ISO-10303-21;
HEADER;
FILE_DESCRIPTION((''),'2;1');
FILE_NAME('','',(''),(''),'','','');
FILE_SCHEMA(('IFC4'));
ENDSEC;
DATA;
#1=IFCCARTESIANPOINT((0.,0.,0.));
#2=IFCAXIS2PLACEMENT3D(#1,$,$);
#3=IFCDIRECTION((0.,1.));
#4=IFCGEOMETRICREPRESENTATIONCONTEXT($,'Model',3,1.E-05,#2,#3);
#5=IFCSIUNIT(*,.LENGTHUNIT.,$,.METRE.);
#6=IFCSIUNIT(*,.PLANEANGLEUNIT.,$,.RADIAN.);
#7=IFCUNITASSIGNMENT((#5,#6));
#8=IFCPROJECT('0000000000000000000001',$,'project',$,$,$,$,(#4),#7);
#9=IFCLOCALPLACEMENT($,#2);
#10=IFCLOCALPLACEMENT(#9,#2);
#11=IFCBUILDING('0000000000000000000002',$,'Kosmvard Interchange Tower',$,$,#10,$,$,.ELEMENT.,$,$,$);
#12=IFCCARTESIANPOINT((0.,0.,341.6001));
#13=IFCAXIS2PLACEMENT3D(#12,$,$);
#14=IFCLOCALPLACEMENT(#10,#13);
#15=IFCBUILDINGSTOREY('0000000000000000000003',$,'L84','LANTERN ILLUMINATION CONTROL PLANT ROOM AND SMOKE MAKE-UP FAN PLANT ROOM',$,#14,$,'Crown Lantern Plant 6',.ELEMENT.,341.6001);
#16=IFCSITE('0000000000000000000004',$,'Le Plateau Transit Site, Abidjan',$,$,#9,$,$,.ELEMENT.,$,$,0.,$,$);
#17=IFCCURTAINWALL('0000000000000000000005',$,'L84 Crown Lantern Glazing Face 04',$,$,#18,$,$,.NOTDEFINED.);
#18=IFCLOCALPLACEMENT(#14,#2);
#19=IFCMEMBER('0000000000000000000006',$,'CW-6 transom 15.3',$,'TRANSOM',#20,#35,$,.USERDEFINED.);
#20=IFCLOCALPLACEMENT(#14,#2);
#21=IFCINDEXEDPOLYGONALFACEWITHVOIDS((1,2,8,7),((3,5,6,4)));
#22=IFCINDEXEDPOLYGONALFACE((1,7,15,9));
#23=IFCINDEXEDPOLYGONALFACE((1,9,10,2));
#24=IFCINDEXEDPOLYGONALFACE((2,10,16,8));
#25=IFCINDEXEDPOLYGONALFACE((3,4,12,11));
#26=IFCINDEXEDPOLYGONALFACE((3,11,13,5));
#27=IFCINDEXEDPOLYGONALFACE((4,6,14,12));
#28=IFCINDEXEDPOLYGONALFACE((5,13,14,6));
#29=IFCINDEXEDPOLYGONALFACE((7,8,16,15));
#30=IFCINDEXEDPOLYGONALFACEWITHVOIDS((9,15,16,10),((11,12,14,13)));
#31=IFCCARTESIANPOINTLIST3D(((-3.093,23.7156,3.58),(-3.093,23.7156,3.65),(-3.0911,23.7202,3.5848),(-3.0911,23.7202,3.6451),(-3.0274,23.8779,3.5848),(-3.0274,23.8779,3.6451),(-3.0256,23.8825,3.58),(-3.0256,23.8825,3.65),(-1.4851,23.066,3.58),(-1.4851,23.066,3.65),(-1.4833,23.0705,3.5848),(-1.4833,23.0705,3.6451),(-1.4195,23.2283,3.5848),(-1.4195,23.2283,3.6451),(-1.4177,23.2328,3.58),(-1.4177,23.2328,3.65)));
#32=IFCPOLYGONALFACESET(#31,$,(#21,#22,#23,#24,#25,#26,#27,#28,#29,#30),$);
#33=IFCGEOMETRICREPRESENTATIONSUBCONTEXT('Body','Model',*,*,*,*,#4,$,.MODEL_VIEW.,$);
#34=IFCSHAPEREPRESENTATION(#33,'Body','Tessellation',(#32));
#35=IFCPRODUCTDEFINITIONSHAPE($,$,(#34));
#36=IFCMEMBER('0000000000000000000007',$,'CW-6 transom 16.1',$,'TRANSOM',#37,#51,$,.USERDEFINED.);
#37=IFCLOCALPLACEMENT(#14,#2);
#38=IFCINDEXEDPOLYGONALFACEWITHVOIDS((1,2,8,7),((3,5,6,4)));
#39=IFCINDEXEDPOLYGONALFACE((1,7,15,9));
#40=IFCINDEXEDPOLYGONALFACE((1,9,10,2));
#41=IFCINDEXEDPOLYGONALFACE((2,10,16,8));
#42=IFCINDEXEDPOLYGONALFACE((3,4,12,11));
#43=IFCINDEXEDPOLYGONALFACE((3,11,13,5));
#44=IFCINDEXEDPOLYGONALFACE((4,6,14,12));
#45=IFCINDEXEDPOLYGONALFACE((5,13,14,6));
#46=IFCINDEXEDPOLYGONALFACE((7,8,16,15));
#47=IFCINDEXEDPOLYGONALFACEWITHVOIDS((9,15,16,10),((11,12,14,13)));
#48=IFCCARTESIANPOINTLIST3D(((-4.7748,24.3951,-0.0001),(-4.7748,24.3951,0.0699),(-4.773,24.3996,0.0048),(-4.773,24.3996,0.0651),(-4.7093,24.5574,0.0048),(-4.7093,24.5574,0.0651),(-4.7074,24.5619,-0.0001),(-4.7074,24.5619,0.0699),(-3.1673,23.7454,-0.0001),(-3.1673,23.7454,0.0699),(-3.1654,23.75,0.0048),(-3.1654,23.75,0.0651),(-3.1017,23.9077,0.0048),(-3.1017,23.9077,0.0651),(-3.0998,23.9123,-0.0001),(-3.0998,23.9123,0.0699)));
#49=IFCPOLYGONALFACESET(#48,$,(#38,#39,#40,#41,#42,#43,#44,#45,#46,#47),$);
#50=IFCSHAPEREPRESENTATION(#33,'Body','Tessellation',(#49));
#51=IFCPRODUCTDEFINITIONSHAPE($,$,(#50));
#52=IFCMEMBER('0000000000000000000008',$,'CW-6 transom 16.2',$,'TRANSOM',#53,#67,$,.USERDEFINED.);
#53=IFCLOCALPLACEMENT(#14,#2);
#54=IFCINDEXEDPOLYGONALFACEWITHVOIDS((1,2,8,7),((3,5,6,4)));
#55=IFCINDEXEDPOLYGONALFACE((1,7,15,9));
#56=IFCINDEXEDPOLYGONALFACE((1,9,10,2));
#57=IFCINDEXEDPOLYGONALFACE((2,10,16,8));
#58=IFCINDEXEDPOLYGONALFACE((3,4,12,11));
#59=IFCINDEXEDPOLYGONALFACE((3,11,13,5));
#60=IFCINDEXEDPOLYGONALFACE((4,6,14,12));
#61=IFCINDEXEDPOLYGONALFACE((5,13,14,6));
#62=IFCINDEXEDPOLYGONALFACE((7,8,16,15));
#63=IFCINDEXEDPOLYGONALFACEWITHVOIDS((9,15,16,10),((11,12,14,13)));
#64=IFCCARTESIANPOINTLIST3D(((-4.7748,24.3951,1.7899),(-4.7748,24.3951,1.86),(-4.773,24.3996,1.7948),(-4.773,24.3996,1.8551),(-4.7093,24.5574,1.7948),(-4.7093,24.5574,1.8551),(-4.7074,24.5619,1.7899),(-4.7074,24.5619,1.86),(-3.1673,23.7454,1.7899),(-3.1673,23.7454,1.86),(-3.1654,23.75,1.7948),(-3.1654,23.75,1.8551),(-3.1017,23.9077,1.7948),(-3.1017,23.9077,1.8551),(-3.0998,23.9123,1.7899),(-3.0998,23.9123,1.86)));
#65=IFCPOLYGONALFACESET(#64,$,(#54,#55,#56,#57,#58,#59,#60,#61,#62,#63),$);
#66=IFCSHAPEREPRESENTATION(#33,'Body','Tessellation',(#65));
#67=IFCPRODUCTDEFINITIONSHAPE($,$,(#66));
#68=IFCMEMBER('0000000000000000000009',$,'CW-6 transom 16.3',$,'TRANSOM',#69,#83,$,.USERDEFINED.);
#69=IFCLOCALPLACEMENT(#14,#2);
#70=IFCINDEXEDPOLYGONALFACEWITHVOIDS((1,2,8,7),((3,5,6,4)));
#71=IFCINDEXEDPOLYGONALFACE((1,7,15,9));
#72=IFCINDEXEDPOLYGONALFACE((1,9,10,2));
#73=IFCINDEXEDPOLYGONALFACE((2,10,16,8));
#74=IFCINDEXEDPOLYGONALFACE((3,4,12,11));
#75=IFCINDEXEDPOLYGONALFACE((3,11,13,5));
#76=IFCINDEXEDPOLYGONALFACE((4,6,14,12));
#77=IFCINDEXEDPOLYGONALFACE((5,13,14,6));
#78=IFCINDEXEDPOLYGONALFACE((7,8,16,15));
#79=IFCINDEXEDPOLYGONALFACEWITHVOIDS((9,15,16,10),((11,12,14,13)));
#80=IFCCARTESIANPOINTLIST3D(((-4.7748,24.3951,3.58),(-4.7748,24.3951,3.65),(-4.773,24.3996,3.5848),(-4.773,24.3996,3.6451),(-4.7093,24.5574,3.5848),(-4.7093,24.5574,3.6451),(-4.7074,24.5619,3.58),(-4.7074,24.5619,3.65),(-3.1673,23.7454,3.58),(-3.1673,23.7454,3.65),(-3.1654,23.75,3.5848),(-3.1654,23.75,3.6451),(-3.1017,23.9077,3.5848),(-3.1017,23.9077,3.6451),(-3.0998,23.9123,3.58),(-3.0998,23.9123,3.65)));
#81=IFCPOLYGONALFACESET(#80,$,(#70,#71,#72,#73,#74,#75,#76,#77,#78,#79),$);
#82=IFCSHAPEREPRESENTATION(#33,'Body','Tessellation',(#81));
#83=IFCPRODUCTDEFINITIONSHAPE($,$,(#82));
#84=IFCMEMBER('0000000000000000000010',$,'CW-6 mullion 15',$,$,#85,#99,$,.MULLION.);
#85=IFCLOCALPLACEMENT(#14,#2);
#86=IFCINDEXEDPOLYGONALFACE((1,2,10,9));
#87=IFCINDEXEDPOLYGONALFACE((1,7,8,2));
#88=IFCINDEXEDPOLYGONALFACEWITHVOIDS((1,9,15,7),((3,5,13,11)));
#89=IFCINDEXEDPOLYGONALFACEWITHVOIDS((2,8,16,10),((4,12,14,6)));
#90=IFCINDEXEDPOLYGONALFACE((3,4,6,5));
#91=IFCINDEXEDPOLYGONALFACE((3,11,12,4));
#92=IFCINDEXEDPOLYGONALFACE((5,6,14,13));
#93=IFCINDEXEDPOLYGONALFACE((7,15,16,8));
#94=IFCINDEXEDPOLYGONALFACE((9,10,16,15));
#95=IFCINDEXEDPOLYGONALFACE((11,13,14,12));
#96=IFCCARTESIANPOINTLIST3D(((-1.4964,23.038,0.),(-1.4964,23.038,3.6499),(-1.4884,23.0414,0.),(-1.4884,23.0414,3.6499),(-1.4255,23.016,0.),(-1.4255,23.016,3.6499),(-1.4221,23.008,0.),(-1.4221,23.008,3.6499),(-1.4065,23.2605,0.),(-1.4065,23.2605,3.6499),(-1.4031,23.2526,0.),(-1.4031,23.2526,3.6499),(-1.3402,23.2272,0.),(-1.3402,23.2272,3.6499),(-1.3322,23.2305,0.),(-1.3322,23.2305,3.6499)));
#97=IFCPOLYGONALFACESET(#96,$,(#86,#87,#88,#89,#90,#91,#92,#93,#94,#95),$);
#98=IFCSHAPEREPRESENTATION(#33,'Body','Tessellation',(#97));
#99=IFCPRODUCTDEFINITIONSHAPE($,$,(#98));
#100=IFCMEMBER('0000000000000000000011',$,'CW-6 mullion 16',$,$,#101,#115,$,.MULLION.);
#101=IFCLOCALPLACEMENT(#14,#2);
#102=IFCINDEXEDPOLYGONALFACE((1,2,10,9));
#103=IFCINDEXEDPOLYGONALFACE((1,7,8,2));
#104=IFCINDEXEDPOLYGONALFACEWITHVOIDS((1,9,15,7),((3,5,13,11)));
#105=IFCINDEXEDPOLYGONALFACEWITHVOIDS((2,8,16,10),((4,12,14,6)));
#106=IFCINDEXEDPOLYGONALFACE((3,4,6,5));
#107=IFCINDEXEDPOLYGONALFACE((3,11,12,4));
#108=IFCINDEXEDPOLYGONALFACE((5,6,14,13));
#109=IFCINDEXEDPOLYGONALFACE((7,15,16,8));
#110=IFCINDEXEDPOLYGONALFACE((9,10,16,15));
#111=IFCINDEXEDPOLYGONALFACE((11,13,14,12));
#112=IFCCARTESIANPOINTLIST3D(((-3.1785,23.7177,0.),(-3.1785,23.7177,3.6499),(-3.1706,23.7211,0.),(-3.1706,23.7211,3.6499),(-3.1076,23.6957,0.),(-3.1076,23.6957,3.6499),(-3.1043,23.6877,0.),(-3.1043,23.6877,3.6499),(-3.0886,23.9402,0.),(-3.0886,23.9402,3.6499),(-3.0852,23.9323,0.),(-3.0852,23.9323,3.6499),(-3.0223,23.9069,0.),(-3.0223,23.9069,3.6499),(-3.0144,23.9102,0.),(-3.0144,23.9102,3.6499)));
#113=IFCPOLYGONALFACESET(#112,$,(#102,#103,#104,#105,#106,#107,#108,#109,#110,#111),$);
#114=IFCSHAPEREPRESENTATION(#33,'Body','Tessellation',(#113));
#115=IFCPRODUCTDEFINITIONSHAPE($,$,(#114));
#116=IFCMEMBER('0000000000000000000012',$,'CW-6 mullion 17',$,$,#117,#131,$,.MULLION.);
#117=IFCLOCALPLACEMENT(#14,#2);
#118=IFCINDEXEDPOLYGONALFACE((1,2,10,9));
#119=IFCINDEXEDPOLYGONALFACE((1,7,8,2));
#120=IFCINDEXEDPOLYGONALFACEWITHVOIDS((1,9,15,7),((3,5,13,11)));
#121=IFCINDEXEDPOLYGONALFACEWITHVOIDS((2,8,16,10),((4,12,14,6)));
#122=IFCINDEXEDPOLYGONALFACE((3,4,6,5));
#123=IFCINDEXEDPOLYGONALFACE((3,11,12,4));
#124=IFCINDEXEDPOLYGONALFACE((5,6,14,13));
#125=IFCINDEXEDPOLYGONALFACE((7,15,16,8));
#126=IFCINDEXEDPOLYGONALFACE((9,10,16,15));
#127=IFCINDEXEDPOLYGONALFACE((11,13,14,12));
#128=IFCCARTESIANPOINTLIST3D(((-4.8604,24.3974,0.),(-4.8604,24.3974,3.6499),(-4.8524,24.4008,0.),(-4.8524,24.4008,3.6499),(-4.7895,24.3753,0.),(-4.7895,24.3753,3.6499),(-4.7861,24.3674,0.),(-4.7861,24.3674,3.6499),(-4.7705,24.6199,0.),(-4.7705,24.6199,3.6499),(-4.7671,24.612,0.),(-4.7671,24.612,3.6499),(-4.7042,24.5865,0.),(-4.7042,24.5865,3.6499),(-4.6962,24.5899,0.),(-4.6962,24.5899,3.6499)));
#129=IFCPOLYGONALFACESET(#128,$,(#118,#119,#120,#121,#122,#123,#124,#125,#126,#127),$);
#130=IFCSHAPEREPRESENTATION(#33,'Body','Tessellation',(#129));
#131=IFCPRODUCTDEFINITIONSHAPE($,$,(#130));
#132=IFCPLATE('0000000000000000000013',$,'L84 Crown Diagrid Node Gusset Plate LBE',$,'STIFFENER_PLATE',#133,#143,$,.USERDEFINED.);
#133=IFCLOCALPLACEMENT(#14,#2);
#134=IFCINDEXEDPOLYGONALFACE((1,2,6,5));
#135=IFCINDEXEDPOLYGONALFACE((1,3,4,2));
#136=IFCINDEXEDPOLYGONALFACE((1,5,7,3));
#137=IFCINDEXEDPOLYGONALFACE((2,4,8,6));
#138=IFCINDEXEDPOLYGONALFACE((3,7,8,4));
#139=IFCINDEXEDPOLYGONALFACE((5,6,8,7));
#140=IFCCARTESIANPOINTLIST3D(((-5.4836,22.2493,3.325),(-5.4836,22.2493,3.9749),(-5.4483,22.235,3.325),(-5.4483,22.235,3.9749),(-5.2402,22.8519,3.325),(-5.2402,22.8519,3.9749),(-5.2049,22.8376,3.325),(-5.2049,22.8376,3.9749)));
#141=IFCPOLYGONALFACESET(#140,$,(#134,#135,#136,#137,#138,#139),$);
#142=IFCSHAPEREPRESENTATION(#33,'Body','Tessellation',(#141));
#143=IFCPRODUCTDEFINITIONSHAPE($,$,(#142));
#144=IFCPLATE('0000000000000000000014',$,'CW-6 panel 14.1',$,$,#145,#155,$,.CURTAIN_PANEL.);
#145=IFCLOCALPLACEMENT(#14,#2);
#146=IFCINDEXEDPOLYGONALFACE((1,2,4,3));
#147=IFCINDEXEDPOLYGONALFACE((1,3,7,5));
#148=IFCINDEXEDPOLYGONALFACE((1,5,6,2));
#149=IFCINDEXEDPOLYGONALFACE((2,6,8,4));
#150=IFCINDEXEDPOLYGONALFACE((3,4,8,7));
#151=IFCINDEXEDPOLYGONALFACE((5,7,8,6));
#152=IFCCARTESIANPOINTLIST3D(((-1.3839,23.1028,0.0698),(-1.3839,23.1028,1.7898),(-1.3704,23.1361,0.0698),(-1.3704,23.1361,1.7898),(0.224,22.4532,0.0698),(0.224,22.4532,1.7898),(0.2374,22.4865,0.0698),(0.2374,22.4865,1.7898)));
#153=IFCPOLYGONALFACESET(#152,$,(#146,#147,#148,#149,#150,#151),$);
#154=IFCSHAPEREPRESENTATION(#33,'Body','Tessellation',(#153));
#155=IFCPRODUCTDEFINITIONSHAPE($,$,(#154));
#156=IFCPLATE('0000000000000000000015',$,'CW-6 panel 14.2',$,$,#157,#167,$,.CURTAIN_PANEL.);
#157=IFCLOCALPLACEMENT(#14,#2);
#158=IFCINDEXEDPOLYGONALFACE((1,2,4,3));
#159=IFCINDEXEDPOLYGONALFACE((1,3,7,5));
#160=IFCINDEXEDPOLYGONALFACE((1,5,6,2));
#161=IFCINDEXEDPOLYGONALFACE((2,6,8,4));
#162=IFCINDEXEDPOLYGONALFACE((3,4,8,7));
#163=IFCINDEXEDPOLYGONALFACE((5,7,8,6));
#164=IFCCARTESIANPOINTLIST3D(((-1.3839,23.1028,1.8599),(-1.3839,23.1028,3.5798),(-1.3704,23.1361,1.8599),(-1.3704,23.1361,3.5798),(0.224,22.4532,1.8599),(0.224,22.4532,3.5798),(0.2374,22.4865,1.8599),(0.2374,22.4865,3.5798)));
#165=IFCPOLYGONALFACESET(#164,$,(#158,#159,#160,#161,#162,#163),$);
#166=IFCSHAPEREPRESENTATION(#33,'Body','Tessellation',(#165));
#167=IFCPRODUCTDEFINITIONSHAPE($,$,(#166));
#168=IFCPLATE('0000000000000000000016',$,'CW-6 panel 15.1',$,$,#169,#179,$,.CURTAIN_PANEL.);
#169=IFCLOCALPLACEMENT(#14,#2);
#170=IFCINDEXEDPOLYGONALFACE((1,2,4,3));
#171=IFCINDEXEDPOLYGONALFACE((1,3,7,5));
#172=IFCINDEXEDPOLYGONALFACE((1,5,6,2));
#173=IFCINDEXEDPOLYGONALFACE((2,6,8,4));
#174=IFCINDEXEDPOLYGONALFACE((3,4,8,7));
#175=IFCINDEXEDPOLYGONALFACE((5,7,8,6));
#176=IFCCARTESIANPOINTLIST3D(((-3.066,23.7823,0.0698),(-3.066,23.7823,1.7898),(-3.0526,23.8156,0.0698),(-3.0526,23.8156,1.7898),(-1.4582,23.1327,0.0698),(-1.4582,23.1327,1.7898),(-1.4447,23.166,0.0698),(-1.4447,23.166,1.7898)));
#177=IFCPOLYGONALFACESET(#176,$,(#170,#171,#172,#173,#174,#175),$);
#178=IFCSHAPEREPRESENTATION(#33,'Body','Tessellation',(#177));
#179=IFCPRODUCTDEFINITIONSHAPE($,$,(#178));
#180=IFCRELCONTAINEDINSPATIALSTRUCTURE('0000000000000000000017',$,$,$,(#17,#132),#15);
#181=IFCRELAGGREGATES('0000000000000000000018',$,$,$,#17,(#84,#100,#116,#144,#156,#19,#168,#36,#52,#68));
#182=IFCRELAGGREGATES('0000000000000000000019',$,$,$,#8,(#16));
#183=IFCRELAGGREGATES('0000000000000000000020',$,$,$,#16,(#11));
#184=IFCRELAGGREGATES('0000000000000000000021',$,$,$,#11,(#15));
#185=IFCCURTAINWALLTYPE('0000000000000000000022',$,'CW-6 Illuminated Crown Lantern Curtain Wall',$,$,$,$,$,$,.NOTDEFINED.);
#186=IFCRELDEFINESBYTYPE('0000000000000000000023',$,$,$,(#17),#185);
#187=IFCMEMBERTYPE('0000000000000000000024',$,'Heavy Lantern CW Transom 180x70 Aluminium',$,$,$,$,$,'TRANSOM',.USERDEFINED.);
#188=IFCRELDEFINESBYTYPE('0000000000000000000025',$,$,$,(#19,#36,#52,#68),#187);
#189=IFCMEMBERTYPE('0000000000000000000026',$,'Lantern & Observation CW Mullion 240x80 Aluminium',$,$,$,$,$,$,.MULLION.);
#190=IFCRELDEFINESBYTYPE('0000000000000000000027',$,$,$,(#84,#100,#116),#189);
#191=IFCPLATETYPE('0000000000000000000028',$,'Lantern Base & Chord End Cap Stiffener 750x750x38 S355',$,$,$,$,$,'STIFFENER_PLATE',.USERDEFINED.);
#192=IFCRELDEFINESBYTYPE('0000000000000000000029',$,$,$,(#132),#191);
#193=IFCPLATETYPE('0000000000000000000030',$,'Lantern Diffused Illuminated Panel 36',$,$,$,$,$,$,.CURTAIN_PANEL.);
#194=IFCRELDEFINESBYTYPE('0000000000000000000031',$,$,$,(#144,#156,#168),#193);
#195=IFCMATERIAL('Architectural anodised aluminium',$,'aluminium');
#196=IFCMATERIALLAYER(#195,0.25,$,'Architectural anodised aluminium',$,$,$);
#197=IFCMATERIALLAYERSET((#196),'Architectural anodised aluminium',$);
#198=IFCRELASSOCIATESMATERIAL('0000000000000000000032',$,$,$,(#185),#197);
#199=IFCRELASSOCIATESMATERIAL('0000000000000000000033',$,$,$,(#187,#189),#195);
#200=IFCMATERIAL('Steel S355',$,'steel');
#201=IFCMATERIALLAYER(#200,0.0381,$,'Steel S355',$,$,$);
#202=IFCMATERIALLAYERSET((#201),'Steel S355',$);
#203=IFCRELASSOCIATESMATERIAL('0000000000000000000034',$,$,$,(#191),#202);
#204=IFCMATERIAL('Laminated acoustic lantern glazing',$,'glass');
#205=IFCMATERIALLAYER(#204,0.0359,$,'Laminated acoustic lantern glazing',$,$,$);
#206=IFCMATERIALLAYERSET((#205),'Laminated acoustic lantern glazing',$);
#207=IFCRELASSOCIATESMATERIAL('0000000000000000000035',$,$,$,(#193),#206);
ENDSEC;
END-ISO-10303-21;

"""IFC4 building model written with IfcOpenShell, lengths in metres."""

from ifc_helpers import new_model, si_unit, direction, frame, origin, origin_2d, place, context, subcontext, project, spatial, rectangle, hollow_rectangle, extrude, source, transform, mapped, material, layer, layer_set, material_profile, profile_set, type_object, element, aggregate, save


model = new_model("IFC4")

# Units and contexts
model_context = context("Model", 3, precision=1e-05, world=origin(), true_north=direction((0.0, 1.0)))
body_context = subcontext(model_context, "Body", "Model", "MODEL_VIEW")
ifc_project = project(units=[si_unit("LENGTHUNIT", "METRE"), si_unit("PLANEANGLEUNIT", "RADIAN")], contexts=[model_context])

# Site, building, storey
site_placement = place(None, origin())
site = spatial("IfcSite", under=ifc_project, at=site_placement, Name="Le Plateau Transit Site, Abidjan", CompositionType="ELEMENT", RefElevation=0.0)
building_placement = place(site_placement, origin())
building = spatial("IfcBuilding", under=site, at=building_placement, Name="Kosmvard Interchange Tower", CompositionType="ELEMENT")
storey_placement = place(building_placement, frame((0.0, 0.0, 341.6001)))
storey = spatial("IfcBuildingStorey", under=building, at=storey_placement, Name="L84", Description="LANTERN ILLUMINATION CONTROL PLANT ROOM AND SMOKE MAKE-UP FAN PLANT ROOM", LongName="Crown Lantern Plant 6", CompositionType="ELEMENT", Elevation=341.6001)

# Shared definitions
ifc_material_1 = material(Name="Steel S355", Category="steel")

# Curtain wall, members
ifc_material_2 = material(Name="Architectural anodised aluminium", Category="aluminium")
ifc_layer_1 = layer(ifc_material_2, 0.25, Name="Architectural anodised aluminium")
ifc_layer_set_1 = layer_set([ifc_layer_1], Name="Architectural anodised aluminium")
curtain_wall_type = type_object("IfcCurtainWallType", Name="CW-6 Illuminated Crown Lantern Curtain Wall", PredefinedType="NOTDEFINED", material=ifc_layer_set_1)
curtain_wall_placement = place(storey_placement, origin())
curtain_wall = element("IfcCurtainWall", 1, at=curtain_wall_placement, inside=storey, type_object=curtain_wall_type, Name="L84 Crown Lantern Glazing Face 04", PredefinedType="NOTDEFINED")
ifc_material_profile_1 = material_profile(ifc_material_2, hollow_rectangle(XDim=0.1799, YDim=0.0701, WallThickness=0.0049, at=origin_2d()), Name="CWT 180x70x5")
ifc_profile_set_1 = profile_set([ifc_material_profile_1], Name="Architectural anodised aluminium")
member_type_1 = type_object("IfcMemberType", Name="Heavy Lantern CW Transom 180x70 Aluminium", ElementType="TRANSOM", PredefinedType="USERDEFINED", material=ifc_profile_set_1)
shared_shape_1 = source(origin(), body_context, "Body", "SweptSolid", [
    extrude(hollow_rectangle(XDim=0.1799, YDim=0.0701, WallThickness=0.0049, at=origin_2d()), origin(), (0.0, 0.0, 1.0), 1.7341),
])
member_1_placement = place(storey_placement, frame((-1.4514, 23.1494, 3.615), z_axis=(-0.92718, 0.374617, 0.0), x_axis=(-0.374617, -0.92718, 0.0)))
member_1 = element("IfcMember", 2, at=member_1_placement, type_object=member_type_1, Name="CW-6 transom 15.3", ObjectType="TRANSOM", PredefinedType="USERDEFINED", context=body_context, shape_type="MappedRepresentation", body=[
    mapped(shared_shape_1, transform((0.0, 0.0, 0.0), scale=1.0)),
])
shared_shape_2 = source(origin(), body_context, "Body", "SweptSolid", [
    extrude(hollow_rectangle(XDim=0.1799, YDim=0.0701, WallThickness=0.0049, at=origin_2d()), origin(), (0.0, 0.0, 1.0), 1.7339),
])
member_2_placement = place(storey_placement, frame((-3.1335, 23.8289, 0.0349), z_axis=(-0.92716, 0.374666, 0.0), x_axis=(-0.374666, -0.92716, 0.0)))
member_2 = element("IfcMember", 3, at=member_2_placement, type_object=member_type_1, Name="CW-6 transom 16.1", ObjectType="TRANSOM", PredefinedType="USERDEFINED", context=body_context, shape_type="MappedRepresentation", body=[
    mapped(shared_shape_2, transform((0.0, 0.0, 0.0), scale=1.0)),
])
member_3_placement = place(storey_placement, frame((-3.1335, 23.8289, 1.825), z_axis=(-0.92716, 0.374666, 0.0), x_axis=(-0.374666, -0.92716, 0.0)))
member_3 = element("IfcMember", 4, at=member_3_placement, type_object=member_type_1, Name="CW-6 transom 16.2", ObjectType="TRANSOM", PredefinedType="USERDEFINED", context=body_context, shape_type="MappedRepresentation", body=[
    mapped(shared_shape_2, transform((0.0, 0.0, 0.0), scale=1.0)),
])
member_4_placement = place(storey_placement, frame((-3.1335, 23.8289, 3.615), z_axis=(-0.92716, 0.374666, 0.0), x_axis=(-0.374666, -0.92716, 0.0)))
member_4 = element("IfcMember", 5, at=member_4_placement, type_object=member_type_1, Name="CW-6 transom 16.3", ObjectType="TRANSOM", PredefinedType="USERDEFINED", context=body_context, shape_type="MappedRepresentation", body=[
    mapped(shared_shape_2, transform((0.0, 0.0, 0.0), scale=1.0)),
])
ifc_material_profile_2 = material_profile(ifc_material_2, hollow_rectangle(XDim=0.24, YDim=0.0801, WallThickness=0.0061, at=origin_2d()), Name="CWM 240x80x6")
ifc_profile_set_2 = profile_set([ifc_material_profile_2], Name="Architectural anodised aluminium")
member_type_2 = type_object("IfcMemberType", Name="Lantern & Observation CW Mullion 240x80 Aluminium", PredefinedType="MULLION", material=ifc_profile_set_2)
shared_shape_3 = source(origin(), body_context, "Body", "SweptSolid", [
    extrude(hollow_rectangle(XDim=0.24, YDim=0.0801, WallThickness=0.0061, at=origin_2d()), origin(), (0.0, 0.0, 1.0), 3.6499),
])
member_5_placement = place(storey_placement, frame((-1.4143, 23.1343, 0.0), z_axis=(0.0, 0.0, 1.0), x_axis=(-0.374607, -0.927184, 0.0)))
member_5 = element("IfcMember", 6, at=member_5_placement, type_object=member_type_2, Name="CW-6 mullion 15", PredefinedType="MULLION", context=body_context, shape_type="MappedRepresentation", body=[
    mapped(shared_shape_3, transform((0.0, 0.0, 0.0), scale=1.0)),
])
member_6_placement = place(storey_placement, frame((-3.0964, 23.814, 0.0), z_axis=(0.0, 0.0, 1.0), x_axis=(-0.374607, -0.927184, 0.0)))
member_6 = element("IfcMember", 7, at=member_6_placement, type_object=member_type_2, Name="CW-6 mullion 16", PredefinedType="MULLION", context=body_context, shape_type="MappedRepresentation", body=[
    mapped(shared_shape_3, transform((0.0, 0.0, 0.0), scale=1.0)),
])
member_7_placement = place(storey_placement, frame((-4.7783, 24.4937, 0.0), z_axis=(0.0, 0.0, 1.0), x_axis=(-0.374607, -0.927184, 0.0)))
member_7 = element("IfcMember", 8, at=member_7_placement, type_object=member_type_2, Name="CW-6 mullion 17", PredefinedType="MULLION", context=body_context, shape_type="MappedRepresentation", body=[
    mapped(shared_shape_3, transform((0.0, 0.0, 0.0), scale=1.0)),
])

# Plates
ifc_layer_2 = layer(ifc_material_1, 0.0381, Name="Steel S355")
ifc_layer_set_2 = layer_set([ifc_layer_2], Name="Steel S355")
plate_type_1 = type_object("IfcPlateType", Name="Lantern Base & Chord End Cap Stiffener 750x750x38 S355", ElementType="STIFFENER_PLATE", PredefinedType="USERDEFINED", material=ifc_layer_set_2)
shared_shape_4 = source(origin(), body_context, "Body", "SweptSolid", [
    extrude(rectangle(XDim=0.6499, YDim=0.0381, at=origin_2d()), origin(), (0.0, 0.0, 1.0), 0.6499),
])
plate_1_placement = place(storey_placement, frame((-5.3442, 22.5435, 3.325), z_axis=(0.0, 0.0, 1.0), x_axis=(0.374607, 0.927184, 0.0)))
element("IfcPlate", 9, at=plate_1_placement, inside=storey, type_object=plate_type_1, Name="L84 Crown Diagrid Node Gusset Plate LBE", ObjectType="STIFFENER_PLATE", PredefinedType="USERDEFINED", context=body_context, shape_type="MappedRepresentation", body=[
    mapped(shared_shape_4, transform((0.0, 0.0, 0.0), scale=1.0)),
])
ifc_material_3 = material(Name="Laminated acoustic lantern glazing", Category="glass")
ifc_layer_3 = layer(ifc_material_3, 0.0359, Name="Laminated acoustic lantern glazing")
ifc_layer_set_3 = layer_set([ifc_layer_3], Name="Laminated acoustic lantern glazing")
plate_type_2 = type_object("IfcPlateType", Name="Lantern Diffused Illuminated Panel 36", PredefinedType="CURTAIN_PANEL", material=ifc_layer_set_3)
shared_shape_5 = source(origin(), body_context, "Body", "SweptSolid", [
    extrude(rectangle(XDim=1.7341, YDim=0.0359, at=origin_2d()), origin(), (0.0, 0.0, 1.0), 1.72),
])
plate_2_placement = place(storey_placement, frame((-0.5732, 22.7947, 0.0698), z_axis=(0.0, 0.0, 1.0), x_axis=(-0.927184, 0.374607, 0.0)))
plate_2 = element("IfcPlate", 10, at=plate_2_placement, type_object=plate_type_2, Name="CW-6 panel 14.1", PredefinedType="CURTAIN_PANEL", context=body_context, shape_type="MappedRepresentation", body=[
    mapped(shared_shape_5, transform((0.0, 0.0, 0.0), scale=1.0)),
])
plate_3_placement = place(storey_placement, frame((-0.5732, 22.7947, 1.8599), z_axis=(0.0, 0.0, 1.0), x_axis=(-0.927184, 0.374607, 0.0)))
plate_3 = element("IfcPlate", 11, at=plate_3_placement, type_object=plate_type_2, Name="CW-6 panel 14.2", PredefinedType="CURTAIN_PANEL", context=body_context, shape_type="MappedRepresentation", body=[
    mapped(shared_shape_5, transform((0.0, 0.0, 0.0), scale=1.0)),
])
plate_4_placement = place(storey_placement, frame((-2.2554, 23.4741, 0.0698), z_axis=(0.0, 0.0, 1.0), x_axis=(-0.927184, 0.374607, 0.0)))
plate_4 = element("IfcPlate", 12, at=plate_4_placement, type_object=plate_type_2, Name="CW-6 panel 15.1", PredefinedType="CURTAIN_PANEL", context=body_context, shape_type="MappedRepresentation", body=[
    mapped(shared_shape_5, transform((0.0, 0.0, 0.0), scale=1.0)),
])
aggregate(curtain_wall, [member_5, member_6, member_7, plate_2, plate_3, member_1, plate_4, member_2, member_3, member_4])

save(model, "model.ifc")
